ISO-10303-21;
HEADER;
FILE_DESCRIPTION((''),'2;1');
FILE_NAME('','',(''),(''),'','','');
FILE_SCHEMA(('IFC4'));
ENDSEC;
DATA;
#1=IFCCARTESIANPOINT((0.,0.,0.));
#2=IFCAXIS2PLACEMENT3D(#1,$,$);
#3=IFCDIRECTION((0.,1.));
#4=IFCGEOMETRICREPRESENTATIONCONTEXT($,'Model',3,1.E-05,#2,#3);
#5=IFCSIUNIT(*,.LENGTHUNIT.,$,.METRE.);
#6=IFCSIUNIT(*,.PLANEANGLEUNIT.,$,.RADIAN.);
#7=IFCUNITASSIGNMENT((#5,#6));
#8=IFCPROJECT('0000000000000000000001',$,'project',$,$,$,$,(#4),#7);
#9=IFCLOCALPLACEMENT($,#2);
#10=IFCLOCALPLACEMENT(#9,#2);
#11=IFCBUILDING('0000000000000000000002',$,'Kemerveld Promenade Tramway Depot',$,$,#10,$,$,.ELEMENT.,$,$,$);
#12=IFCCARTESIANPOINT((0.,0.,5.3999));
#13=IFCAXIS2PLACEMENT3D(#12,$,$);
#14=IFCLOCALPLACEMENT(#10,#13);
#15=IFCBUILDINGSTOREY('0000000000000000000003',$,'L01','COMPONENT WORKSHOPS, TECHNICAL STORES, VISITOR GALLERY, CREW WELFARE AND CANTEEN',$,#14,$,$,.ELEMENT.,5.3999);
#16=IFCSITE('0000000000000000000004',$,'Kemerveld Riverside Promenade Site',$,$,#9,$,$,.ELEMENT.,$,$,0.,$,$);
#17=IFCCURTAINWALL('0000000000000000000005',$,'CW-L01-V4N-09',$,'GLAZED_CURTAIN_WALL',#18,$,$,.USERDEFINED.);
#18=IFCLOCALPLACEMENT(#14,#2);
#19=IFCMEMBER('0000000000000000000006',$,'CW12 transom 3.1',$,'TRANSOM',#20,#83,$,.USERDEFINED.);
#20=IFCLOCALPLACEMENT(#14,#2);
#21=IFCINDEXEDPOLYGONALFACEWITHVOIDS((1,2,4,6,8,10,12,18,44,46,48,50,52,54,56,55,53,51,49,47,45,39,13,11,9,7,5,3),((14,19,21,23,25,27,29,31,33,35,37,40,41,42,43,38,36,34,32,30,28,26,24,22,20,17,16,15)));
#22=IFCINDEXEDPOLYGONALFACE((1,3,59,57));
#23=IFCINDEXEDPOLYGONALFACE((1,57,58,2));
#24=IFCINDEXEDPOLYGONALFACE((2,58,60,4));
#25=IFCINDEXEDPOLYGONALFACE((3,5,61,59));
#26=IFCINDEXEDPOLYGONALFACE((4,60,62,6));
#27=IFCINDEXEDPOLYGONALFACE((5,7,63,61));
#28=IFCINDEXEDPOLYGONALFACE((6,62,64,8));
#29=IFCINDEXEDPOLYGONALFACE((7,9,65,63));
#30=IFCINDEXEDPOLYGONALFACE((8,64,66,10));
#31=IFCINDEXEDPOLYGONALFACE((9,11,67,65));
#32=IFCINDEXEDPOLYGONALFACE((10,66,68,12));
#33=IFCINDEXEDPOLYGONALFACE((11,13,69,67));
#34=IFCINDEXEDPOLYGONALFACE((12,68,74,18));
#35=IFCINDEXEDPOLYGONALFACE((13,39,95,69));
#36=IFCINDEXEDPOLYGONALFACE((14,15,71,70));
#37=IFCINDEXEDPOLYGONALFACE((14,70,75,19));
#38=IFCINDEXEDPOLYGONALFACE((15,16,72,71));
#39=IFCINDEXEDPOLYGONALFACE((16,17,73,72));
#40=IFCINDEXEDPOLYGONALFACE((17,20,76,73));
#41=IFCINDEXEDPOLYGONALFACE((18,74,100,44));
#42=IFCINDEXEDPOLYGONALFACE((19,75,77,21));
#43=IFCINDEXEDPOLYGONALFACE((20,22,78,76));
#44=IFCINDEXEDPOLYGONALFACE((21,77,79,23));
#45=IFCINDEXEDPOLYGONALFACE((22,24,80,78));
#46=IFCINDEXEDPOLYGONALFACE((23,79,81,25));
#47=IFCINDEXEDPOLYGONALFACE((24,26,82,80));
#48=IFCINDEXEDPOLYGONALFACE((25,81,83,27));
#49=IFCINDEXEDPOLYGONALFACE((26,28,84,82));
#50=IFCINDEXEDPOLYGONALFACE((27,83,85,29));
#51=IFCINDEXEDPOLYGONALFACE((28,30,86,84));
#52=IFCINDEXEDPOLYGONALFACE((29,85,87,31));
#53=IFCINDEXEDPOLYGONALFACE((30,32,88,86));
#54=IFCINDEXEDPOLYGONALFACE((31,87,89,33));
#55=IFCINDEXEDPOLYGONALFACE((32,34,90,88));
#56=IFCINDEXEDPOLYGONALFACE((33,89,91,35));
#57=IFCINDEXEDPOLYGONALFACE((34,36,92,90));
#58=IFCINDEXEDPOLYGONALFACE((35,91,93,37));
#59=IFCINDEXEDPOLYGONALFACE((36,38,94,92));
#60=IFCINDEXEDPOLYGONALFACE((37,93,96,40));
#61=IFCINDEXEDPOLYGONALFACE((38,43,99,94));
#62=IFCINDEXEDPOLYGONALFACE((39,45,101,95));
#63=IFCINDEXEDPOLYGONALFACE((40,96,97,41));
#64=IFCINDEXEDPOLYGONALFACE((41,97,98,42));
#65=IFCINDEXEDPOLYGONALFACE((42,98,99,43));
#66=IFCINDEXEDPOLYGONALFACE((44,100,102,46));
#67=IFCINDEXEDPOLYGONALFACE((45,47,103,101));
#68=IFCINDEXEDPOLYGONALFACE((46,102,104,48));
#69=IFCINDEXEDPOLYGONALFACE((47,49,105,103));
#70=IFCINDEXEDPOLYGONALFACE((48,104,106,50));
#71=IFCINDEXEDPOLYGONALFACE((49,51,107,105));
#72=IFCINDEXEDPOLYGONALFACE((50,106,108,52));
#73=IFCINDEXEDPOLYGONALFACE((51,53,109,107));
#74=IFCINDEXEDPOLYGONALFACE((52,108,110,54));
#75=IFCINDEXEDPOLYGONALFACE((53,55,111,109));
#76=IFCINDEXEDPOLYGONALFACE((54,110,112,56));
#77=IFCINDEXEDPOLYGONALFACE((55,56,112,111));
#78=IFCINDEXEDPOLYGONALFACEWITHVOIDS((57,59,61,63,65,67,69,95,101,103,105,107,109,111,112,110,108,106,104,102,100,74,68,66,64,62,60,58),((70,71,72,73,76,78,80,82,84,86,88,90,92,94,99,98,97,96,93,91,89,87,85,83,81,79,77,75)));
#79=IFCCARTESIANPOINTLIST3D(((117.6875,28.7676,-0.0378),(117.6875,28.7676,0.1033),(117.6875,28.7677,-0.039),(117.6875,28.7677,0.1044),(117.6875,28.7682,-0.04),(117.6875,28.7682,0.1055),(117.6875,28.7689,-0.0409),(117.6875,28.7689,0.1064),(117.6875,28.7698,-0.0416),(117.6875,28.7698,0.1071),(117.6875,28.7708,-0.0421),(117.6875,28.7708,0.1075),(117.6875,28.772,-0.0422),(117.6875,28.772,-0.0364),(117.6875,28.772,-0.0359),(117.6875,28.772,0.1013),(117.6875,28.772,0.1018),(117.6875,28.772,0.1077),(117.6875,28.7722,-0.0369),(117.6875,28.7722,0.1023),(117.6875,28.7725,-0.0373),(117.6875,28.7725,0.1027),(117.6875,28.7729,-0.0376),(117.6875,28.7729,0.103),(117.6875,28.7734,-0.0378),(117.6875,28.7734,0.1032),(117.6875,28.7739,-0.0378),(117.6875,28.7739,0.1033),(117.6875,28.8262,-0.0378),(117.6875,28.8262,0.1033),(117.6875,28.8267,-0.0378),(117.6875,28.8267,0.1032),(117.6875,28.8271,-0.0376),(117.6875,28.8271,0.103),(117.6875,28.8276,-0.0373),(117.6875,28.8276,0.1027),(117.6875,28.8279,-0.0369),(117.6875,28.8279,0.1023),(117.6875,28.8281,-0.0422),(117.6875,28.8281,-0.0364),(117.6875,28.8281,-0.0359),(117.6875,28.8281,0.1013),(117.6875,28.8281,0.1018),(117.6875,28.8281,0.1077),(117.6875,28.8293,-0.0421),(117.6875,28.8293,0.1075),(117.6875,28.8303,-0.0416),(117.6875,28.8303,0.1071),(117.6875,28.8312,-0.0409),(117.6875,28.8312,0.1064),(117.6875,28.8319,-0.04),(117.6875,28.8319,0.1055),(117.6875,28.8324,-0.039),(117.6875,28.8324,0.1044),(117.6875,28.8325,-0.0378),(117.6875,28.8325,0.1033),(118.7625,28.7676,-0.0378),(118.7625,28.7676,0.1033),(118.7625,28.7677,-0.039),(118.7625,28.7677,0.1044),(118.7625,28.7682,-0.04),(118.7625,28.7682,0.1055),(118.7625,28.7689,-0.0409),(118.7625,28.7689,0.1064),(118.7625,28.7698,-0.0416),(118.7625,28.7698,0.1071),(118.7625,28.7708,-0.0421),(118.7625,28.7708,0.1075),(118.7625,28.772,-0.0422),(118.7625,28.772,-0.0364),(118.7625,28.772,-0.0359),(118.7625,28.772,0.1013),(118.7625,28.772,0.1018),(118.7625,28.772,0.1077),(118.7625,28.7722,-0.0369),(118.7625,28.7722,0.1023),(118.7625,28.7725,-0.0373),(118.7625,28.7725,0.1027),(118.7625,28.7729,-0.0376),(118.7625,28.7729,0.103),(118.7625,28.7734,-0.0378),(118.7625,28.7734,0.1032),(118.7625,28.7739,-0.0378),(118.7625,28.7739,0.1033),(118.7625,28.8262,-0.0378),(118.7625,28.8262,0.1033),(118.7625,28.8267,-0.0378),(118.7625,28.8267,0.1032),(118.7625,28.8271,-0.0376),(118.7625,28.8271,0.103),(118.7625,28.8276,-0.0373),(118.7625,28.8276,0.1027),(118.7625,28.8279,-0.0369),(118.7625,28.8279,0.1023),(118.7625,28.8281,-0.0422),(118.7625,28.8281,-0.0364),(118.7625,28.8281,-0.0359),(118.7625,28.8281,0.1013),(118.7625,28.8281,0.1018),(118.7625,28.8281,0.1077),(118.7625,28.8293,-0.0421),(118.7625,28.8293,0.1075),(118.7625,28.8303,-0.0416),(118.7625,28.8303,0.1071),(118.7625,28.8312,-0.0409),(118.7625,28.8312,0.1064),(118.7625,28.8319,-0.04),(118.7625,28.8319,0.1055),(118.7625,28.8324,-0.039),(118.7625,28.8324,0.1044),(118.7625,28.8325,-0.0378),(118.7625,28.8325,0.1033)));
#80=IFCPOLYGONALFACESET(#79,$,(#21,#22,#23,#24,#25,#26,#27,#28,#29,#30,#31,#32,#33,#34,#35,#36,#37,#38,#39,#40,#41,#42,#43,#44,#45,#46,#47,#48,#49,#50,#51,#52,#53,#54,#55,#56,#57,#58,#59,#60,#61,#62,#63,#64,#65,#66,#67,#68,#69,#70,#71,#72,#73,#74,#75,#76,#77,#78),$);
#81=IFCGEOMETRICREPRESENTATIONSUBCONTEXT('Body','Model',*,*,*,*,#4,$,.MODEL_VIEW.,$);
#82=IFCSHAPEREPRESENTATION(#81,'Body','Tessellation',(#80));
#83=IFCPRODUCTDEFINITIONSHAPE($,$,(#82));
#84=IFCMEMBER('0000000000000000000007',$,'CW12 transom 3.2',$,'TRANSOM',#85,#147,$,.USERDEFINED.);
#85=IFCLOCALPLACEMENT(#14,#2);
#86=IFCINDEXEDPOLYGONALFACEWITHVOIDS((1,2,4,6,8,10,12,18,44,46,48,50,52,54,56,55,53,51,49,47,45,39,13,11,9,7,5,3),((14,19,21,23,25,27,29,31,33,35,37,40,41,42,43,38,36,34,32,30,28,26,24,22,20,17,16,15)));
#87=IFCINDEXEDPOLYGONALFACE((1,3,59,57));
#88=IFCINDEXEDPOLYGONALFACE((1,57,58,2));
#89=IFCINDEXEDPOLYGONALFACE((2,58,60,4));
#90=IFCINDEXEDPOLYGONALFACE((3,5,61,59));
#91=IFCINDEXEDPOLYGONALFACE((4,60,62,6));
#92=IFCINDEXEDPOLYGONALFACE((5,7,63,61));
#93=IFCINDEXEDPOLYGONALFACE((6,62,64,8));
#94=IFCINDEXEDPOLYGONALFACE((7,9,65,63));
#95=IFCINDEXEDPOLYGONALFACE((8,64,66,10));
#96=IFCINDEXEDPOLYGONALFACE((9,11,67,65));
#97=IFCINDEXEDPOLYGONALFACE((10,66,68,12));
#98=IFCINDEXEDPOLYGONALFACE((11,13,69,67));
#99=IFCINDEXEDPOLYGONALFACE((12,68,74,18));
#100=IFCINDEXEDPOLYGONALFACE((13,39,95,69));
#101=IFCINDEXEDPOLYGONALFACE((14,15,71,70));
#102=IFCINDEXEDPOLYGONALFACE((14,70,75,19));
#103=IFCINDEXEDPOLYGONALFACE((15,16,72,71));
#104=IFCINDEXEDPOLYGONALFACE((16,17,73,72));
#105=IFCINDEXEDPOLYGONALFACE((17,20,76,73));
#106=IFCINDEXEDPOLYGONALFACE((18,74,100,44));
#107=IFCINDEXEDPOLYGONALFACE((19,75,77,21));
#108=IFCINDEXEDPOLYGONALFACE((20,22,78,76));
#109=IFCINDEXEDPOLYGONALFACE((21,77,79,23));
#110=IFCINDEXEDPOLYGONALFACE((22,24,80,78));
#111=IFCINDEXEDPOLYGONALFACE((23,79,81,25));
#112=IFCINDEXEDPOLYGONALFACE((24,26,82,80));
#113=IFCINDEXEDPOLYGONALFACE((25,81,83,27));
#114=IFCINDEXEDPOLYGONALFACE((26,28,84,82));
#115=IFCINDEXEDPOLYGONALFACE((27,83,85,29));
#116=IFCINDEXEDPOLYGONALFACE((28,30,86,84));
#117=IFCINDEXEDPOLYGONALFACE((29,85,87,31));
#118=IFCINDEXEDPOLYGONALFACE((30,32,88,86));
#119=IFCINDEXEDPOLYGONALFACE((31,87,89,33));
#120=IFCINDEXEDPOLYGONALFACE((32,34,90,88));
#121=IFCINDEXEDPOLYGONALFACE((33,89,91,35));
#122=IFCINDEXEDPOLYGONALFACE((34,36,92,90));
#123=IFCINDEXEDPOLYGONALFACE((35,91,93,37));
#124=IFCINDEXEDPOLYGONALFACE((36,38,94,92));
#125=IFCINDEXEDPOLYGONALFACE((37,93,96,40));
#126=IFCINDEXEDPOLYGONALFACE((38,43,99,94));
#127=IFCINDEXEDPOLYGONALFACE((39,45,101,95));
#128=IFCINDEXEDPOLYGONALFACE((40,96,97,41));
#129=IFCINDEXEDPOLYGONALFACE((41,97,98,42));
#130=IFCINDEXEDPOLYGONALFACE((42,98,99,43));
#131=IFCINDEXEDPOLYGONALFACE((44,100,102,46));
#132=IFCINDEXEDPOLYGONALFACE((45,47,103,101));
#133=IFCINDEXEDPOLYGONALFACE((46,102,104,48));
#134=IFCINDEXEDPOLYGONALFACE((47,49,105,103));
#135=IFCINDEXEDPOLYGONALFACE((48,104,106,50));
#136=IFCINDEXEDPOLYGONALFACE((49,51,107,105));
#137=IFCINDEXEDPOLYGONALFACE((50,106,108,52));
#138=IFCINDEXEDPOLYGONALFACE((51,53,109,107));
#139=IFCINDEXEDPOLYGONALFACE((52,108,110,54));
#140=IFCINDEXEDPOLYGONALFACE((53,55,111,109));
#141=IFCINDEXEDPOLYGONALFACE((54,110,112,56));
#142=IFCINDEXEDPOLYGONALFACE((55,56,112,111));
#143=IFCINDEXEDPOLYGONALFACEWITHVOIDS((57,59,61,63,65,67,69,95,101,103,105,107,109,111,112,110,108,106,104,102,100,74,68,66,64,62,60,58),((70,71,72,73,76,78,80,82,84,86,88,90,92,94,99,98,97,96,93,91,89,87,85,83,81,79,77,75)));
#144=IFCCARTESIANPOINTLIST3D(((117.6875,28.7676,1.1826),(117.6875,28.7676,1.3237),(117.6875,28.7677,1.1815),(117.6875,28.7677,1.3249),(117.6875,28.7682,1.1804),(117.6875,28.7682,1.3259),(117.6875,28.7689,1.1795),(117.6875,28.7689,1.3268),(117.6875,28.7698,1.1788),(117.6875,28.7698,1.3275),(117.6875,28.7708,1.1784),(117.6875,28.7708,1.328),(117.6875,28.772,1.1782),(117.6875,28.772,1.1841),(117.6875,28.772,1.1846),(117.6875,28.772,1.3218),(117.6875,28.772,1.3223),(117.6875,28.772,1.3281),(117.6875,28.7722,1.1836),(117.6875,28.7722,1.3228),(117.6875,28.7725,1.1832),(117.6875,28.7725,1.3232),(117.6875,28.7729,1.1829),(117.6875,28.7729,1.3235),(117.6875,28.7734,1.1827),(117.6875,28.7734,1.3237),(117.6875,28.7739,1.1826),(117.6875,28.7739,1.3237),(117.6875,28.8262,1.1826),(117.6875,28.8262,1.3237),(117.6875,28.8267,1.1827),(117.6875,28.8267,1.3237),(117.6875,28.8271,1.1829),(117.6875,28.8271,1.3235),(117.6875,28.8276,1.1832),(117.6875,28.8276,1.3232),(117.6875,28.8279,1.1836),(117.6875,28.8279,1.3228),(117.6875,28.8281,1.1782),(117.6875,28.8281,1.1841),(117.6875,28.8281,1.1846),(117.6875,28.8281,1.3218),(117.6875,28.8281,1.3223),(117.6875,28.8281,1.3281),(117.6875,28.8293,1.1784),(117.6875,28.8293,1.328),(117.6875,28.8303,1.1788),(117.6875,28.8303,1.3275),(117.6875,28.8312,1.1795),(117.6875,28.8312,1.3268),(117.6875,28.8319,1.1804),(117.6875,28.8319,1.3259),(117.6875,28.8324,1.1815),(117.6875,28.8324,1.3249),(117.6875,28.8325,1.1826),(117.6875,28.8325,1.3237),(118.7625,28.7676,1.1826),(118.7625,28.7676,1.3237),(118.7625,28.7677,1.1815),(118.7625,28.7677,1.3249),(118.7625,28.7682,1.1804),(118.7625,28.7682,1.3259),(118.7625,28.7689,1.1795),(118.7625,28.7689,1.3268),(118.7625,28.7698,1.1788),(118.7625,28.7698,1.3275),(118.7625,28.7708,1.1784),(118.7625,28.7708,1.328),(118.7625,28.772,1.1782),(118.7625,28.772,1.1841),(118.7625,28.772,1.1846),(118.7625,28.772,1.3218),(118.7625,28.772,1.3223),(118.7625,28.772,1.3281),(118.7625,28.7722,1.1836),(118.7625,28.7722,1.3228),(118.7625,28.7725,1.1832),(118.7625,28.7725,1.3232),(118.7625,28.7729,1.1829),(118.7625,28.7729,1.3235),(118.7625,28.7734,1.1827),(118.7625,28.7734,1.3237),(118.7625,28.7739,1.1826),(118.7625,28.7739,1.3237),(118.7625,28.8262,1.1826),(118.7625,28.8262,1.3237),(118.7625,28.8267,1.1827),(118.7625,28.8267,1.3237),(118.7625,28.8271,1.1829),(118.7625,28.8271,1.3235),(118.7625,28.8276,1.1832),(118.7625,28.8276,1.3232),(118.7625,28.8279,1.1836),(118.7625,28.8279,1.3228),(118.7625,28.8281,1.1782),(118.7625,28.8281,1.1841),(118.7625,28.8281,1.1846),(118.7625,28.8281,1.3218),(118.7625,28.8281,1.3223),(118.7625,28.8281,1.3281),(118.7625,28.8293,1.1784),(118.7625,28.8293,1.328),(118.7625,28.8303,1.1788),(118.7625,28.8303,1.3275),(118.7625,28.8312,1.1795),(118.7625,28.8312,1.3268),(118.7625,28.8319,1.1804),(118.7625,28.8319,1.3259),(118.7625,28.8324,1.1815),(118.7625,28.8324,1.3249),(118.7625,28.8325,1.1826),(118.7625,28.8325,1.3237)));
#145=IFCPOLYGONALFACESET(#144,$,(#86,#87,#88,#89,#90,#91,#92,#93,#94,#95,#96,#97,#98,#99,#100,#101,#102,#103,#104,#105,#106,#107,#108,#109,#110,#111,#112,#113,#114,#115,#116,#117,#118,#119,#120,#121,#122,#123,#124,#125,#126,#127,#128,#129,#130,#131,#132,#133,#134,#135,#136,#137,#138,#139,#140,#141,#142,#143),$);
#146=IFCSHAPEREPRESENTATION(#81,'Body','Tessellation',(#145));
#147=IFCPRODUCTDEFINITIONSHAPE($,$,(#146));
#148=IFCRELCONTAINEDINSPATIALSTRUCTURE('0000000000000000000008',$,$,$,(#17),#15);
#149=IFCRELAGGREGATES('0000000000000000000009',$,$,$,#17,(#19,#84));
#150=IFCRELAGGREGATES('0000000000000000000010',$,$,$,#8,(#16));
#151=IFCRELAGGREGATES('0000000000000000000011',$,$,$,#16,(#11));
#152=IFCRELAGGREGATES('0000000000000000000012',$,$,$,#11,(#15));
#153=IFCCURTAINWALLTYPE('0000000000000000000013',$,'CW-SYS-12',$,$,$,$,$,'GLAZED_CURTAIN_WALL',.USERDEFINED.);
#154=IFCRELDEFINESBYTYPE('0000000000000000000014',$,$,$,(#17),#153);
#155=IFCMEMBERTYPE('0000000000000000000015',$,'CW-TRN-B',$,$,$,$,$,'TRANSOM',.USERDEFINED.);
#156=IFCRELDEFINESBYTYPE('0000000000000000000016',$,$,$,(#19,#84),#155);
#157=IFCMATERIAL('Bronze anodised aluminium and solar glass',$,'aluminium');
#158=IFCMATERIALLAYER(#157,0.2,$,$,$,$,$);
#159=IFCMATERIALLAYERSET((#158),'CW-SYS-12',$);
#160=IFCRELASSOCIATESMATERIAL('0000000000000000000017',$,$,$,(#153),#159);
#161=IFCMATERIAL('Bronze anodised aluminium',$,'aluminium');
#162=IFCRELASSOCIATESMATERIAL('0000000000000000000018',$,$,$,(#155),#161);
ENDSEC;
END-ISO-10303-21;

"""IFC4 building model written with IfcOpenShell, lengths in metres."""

from ifc_helpers import new_model, si_unit, direction, frame, origin, origin_2d, place, context, subcontext, project, spatial, hollow_rectangle, extrude, material, layer, layer_set, material_profile, profile_set, type_object, element, aggregate, save


model = new_model("IFC4")

# Units and contexts
model_context = context("Model", 3, precision=1e-05, world=origin(), true_north=direction((0.0, 1.0)))
body_context = subcontext(model_context, "Body", "Model", "MODEL_VIEW")
ifc_project = project(units=[si_unit("LENGTHUNIT", "METRE"), si_unit("PLANEANGLEUNIT", "RADIAN")], contexts=[model_context])

# Site, building, storey
site_placement = place(None, origin())
site = spatial("IfcSite", under=ifc_project, at=site_placement, Name="Kemerveld Riverside Promenade Site", CompositionType="ELEMENT", RefElevation=0.0)
building_placement = place(site_placement, origin())
building = spatial("IfcBuilding", under=site, at=building_placement, Name="Kemerveld Promenade Tramway Depot", CompositionType="ELEMENT")
storey_placement = place(building_placement, frame((0.0, 0.0, 5.3999)))
storey = spatial("IfcBuildingStorey", under=building, at=storey_placement, Name="L01", Description="COMPONENT WORKSHOPS, TECHNICAL STORES, VISITOR GALLERY, CREW WELFARE AND CANTEEN", CompositionType="ELEMENT", Elevation=5.3999)

# Curtain wall, members
ifc_material_1 = material(Name="Bronze anodised aluminium and solar glass", Category="aluminium")
ifc_layer_1 = layer(ifc_material_1, 0.2)
ifc_layer_set_1 = layer_set([ifc_layer_1], Name="CW-SYS-12")
curtain_wall_type = type_object("IfcCurtainWallType", Name="CW-SYS-12", ElementType="GLAZED_CURTAIN_WALL", PredefinedType="USERDEFINED", material=ifc_layer_set_1)
curtain_wall_placement = place(storey_placement, origin())
curtain_wall = element("IfcCurtainWall", 1, at=curtain_wall_placement, inside=storey, type_object=curtain_wall_type, Name="CW-L01-V4N-09", ObjectType="GLAZED_CURTAIN_WALL", PredefinedType="USERDEFINED")
ifc_material_2 = material(Name="Bronze anodised aluminium", Category="aluminium")
ifc_material_profile_1 = material_profile(ifc_material_2, hollow_rectangle(XDim=0.0649, YDim=0.1499, WallThickness=0.0044, InnerFilletRadius=0.002, OuterFilletRadius=0.0044, at=origin_2d()), Name="CW-TRN-150x65")
ifc_profile_set_1 = profile_set([ifc_material_profile_1], Name="Bronze anodised aluminium")
member_type_1 = type_object("IfcMemberType", Name="CW-TRN-B", ElementType="TRANSOM", PredefinedType="USERDEFINED", material=ifc_profile_set_1)
member_1_placement = place(storey_placement, frame((117.6875, 28.8, 0.0327), z_axis=(1.0, 0.0, 0.0), x_axis=(0.0, 1.0, 0.0)))
member_1 = element("IfcMember", 2, at=member_1_placement, type_object=member_type_1, Name="CW12 transom 3.1", ObjectType="TRANSOM", PredefinedType="USERDEFINED", context=body_context, shape_type="SweptSolid", body=[
    extrude(hollow_rectangle(XDim=0.0649, YDim=0.1499, WallThickness=0.0044, InnerFilletRadius=0.002, OuterFilletRadius=0.0044, at=origin_2d()), origin(), (0.0, 0.0, 1.0), 1.075),
])
member_2_placement = place(storey_placement, frame((117.6875, 28.8, 1.2532), z_axis=(1.0, 0.0, 0.0), x_axis=(0.0, 1.0, 0.0)))
member_2 = element("IfcMember", 3, at=member_2_placement, type_object=member_type_1, Name="CW12 transom 3.2", ObjectType="TRANSOM", PredefinedType="USERDEFINED", context=body_context, shape_type="SweptSolid", body=[
    extrude(hollow_rectangle(XDim=0.0649, YDim=0.1499, WallThickness=0.0044, InnerFilletRadius=0.002, OuterFilletRadius=0.0044, at=origin_2d()), origin(), (0.0, 0.0, 1.0), 1.075),
])
aggregate(curtain_wall, [member_1, member_2])

save(model, "model.ifc")
